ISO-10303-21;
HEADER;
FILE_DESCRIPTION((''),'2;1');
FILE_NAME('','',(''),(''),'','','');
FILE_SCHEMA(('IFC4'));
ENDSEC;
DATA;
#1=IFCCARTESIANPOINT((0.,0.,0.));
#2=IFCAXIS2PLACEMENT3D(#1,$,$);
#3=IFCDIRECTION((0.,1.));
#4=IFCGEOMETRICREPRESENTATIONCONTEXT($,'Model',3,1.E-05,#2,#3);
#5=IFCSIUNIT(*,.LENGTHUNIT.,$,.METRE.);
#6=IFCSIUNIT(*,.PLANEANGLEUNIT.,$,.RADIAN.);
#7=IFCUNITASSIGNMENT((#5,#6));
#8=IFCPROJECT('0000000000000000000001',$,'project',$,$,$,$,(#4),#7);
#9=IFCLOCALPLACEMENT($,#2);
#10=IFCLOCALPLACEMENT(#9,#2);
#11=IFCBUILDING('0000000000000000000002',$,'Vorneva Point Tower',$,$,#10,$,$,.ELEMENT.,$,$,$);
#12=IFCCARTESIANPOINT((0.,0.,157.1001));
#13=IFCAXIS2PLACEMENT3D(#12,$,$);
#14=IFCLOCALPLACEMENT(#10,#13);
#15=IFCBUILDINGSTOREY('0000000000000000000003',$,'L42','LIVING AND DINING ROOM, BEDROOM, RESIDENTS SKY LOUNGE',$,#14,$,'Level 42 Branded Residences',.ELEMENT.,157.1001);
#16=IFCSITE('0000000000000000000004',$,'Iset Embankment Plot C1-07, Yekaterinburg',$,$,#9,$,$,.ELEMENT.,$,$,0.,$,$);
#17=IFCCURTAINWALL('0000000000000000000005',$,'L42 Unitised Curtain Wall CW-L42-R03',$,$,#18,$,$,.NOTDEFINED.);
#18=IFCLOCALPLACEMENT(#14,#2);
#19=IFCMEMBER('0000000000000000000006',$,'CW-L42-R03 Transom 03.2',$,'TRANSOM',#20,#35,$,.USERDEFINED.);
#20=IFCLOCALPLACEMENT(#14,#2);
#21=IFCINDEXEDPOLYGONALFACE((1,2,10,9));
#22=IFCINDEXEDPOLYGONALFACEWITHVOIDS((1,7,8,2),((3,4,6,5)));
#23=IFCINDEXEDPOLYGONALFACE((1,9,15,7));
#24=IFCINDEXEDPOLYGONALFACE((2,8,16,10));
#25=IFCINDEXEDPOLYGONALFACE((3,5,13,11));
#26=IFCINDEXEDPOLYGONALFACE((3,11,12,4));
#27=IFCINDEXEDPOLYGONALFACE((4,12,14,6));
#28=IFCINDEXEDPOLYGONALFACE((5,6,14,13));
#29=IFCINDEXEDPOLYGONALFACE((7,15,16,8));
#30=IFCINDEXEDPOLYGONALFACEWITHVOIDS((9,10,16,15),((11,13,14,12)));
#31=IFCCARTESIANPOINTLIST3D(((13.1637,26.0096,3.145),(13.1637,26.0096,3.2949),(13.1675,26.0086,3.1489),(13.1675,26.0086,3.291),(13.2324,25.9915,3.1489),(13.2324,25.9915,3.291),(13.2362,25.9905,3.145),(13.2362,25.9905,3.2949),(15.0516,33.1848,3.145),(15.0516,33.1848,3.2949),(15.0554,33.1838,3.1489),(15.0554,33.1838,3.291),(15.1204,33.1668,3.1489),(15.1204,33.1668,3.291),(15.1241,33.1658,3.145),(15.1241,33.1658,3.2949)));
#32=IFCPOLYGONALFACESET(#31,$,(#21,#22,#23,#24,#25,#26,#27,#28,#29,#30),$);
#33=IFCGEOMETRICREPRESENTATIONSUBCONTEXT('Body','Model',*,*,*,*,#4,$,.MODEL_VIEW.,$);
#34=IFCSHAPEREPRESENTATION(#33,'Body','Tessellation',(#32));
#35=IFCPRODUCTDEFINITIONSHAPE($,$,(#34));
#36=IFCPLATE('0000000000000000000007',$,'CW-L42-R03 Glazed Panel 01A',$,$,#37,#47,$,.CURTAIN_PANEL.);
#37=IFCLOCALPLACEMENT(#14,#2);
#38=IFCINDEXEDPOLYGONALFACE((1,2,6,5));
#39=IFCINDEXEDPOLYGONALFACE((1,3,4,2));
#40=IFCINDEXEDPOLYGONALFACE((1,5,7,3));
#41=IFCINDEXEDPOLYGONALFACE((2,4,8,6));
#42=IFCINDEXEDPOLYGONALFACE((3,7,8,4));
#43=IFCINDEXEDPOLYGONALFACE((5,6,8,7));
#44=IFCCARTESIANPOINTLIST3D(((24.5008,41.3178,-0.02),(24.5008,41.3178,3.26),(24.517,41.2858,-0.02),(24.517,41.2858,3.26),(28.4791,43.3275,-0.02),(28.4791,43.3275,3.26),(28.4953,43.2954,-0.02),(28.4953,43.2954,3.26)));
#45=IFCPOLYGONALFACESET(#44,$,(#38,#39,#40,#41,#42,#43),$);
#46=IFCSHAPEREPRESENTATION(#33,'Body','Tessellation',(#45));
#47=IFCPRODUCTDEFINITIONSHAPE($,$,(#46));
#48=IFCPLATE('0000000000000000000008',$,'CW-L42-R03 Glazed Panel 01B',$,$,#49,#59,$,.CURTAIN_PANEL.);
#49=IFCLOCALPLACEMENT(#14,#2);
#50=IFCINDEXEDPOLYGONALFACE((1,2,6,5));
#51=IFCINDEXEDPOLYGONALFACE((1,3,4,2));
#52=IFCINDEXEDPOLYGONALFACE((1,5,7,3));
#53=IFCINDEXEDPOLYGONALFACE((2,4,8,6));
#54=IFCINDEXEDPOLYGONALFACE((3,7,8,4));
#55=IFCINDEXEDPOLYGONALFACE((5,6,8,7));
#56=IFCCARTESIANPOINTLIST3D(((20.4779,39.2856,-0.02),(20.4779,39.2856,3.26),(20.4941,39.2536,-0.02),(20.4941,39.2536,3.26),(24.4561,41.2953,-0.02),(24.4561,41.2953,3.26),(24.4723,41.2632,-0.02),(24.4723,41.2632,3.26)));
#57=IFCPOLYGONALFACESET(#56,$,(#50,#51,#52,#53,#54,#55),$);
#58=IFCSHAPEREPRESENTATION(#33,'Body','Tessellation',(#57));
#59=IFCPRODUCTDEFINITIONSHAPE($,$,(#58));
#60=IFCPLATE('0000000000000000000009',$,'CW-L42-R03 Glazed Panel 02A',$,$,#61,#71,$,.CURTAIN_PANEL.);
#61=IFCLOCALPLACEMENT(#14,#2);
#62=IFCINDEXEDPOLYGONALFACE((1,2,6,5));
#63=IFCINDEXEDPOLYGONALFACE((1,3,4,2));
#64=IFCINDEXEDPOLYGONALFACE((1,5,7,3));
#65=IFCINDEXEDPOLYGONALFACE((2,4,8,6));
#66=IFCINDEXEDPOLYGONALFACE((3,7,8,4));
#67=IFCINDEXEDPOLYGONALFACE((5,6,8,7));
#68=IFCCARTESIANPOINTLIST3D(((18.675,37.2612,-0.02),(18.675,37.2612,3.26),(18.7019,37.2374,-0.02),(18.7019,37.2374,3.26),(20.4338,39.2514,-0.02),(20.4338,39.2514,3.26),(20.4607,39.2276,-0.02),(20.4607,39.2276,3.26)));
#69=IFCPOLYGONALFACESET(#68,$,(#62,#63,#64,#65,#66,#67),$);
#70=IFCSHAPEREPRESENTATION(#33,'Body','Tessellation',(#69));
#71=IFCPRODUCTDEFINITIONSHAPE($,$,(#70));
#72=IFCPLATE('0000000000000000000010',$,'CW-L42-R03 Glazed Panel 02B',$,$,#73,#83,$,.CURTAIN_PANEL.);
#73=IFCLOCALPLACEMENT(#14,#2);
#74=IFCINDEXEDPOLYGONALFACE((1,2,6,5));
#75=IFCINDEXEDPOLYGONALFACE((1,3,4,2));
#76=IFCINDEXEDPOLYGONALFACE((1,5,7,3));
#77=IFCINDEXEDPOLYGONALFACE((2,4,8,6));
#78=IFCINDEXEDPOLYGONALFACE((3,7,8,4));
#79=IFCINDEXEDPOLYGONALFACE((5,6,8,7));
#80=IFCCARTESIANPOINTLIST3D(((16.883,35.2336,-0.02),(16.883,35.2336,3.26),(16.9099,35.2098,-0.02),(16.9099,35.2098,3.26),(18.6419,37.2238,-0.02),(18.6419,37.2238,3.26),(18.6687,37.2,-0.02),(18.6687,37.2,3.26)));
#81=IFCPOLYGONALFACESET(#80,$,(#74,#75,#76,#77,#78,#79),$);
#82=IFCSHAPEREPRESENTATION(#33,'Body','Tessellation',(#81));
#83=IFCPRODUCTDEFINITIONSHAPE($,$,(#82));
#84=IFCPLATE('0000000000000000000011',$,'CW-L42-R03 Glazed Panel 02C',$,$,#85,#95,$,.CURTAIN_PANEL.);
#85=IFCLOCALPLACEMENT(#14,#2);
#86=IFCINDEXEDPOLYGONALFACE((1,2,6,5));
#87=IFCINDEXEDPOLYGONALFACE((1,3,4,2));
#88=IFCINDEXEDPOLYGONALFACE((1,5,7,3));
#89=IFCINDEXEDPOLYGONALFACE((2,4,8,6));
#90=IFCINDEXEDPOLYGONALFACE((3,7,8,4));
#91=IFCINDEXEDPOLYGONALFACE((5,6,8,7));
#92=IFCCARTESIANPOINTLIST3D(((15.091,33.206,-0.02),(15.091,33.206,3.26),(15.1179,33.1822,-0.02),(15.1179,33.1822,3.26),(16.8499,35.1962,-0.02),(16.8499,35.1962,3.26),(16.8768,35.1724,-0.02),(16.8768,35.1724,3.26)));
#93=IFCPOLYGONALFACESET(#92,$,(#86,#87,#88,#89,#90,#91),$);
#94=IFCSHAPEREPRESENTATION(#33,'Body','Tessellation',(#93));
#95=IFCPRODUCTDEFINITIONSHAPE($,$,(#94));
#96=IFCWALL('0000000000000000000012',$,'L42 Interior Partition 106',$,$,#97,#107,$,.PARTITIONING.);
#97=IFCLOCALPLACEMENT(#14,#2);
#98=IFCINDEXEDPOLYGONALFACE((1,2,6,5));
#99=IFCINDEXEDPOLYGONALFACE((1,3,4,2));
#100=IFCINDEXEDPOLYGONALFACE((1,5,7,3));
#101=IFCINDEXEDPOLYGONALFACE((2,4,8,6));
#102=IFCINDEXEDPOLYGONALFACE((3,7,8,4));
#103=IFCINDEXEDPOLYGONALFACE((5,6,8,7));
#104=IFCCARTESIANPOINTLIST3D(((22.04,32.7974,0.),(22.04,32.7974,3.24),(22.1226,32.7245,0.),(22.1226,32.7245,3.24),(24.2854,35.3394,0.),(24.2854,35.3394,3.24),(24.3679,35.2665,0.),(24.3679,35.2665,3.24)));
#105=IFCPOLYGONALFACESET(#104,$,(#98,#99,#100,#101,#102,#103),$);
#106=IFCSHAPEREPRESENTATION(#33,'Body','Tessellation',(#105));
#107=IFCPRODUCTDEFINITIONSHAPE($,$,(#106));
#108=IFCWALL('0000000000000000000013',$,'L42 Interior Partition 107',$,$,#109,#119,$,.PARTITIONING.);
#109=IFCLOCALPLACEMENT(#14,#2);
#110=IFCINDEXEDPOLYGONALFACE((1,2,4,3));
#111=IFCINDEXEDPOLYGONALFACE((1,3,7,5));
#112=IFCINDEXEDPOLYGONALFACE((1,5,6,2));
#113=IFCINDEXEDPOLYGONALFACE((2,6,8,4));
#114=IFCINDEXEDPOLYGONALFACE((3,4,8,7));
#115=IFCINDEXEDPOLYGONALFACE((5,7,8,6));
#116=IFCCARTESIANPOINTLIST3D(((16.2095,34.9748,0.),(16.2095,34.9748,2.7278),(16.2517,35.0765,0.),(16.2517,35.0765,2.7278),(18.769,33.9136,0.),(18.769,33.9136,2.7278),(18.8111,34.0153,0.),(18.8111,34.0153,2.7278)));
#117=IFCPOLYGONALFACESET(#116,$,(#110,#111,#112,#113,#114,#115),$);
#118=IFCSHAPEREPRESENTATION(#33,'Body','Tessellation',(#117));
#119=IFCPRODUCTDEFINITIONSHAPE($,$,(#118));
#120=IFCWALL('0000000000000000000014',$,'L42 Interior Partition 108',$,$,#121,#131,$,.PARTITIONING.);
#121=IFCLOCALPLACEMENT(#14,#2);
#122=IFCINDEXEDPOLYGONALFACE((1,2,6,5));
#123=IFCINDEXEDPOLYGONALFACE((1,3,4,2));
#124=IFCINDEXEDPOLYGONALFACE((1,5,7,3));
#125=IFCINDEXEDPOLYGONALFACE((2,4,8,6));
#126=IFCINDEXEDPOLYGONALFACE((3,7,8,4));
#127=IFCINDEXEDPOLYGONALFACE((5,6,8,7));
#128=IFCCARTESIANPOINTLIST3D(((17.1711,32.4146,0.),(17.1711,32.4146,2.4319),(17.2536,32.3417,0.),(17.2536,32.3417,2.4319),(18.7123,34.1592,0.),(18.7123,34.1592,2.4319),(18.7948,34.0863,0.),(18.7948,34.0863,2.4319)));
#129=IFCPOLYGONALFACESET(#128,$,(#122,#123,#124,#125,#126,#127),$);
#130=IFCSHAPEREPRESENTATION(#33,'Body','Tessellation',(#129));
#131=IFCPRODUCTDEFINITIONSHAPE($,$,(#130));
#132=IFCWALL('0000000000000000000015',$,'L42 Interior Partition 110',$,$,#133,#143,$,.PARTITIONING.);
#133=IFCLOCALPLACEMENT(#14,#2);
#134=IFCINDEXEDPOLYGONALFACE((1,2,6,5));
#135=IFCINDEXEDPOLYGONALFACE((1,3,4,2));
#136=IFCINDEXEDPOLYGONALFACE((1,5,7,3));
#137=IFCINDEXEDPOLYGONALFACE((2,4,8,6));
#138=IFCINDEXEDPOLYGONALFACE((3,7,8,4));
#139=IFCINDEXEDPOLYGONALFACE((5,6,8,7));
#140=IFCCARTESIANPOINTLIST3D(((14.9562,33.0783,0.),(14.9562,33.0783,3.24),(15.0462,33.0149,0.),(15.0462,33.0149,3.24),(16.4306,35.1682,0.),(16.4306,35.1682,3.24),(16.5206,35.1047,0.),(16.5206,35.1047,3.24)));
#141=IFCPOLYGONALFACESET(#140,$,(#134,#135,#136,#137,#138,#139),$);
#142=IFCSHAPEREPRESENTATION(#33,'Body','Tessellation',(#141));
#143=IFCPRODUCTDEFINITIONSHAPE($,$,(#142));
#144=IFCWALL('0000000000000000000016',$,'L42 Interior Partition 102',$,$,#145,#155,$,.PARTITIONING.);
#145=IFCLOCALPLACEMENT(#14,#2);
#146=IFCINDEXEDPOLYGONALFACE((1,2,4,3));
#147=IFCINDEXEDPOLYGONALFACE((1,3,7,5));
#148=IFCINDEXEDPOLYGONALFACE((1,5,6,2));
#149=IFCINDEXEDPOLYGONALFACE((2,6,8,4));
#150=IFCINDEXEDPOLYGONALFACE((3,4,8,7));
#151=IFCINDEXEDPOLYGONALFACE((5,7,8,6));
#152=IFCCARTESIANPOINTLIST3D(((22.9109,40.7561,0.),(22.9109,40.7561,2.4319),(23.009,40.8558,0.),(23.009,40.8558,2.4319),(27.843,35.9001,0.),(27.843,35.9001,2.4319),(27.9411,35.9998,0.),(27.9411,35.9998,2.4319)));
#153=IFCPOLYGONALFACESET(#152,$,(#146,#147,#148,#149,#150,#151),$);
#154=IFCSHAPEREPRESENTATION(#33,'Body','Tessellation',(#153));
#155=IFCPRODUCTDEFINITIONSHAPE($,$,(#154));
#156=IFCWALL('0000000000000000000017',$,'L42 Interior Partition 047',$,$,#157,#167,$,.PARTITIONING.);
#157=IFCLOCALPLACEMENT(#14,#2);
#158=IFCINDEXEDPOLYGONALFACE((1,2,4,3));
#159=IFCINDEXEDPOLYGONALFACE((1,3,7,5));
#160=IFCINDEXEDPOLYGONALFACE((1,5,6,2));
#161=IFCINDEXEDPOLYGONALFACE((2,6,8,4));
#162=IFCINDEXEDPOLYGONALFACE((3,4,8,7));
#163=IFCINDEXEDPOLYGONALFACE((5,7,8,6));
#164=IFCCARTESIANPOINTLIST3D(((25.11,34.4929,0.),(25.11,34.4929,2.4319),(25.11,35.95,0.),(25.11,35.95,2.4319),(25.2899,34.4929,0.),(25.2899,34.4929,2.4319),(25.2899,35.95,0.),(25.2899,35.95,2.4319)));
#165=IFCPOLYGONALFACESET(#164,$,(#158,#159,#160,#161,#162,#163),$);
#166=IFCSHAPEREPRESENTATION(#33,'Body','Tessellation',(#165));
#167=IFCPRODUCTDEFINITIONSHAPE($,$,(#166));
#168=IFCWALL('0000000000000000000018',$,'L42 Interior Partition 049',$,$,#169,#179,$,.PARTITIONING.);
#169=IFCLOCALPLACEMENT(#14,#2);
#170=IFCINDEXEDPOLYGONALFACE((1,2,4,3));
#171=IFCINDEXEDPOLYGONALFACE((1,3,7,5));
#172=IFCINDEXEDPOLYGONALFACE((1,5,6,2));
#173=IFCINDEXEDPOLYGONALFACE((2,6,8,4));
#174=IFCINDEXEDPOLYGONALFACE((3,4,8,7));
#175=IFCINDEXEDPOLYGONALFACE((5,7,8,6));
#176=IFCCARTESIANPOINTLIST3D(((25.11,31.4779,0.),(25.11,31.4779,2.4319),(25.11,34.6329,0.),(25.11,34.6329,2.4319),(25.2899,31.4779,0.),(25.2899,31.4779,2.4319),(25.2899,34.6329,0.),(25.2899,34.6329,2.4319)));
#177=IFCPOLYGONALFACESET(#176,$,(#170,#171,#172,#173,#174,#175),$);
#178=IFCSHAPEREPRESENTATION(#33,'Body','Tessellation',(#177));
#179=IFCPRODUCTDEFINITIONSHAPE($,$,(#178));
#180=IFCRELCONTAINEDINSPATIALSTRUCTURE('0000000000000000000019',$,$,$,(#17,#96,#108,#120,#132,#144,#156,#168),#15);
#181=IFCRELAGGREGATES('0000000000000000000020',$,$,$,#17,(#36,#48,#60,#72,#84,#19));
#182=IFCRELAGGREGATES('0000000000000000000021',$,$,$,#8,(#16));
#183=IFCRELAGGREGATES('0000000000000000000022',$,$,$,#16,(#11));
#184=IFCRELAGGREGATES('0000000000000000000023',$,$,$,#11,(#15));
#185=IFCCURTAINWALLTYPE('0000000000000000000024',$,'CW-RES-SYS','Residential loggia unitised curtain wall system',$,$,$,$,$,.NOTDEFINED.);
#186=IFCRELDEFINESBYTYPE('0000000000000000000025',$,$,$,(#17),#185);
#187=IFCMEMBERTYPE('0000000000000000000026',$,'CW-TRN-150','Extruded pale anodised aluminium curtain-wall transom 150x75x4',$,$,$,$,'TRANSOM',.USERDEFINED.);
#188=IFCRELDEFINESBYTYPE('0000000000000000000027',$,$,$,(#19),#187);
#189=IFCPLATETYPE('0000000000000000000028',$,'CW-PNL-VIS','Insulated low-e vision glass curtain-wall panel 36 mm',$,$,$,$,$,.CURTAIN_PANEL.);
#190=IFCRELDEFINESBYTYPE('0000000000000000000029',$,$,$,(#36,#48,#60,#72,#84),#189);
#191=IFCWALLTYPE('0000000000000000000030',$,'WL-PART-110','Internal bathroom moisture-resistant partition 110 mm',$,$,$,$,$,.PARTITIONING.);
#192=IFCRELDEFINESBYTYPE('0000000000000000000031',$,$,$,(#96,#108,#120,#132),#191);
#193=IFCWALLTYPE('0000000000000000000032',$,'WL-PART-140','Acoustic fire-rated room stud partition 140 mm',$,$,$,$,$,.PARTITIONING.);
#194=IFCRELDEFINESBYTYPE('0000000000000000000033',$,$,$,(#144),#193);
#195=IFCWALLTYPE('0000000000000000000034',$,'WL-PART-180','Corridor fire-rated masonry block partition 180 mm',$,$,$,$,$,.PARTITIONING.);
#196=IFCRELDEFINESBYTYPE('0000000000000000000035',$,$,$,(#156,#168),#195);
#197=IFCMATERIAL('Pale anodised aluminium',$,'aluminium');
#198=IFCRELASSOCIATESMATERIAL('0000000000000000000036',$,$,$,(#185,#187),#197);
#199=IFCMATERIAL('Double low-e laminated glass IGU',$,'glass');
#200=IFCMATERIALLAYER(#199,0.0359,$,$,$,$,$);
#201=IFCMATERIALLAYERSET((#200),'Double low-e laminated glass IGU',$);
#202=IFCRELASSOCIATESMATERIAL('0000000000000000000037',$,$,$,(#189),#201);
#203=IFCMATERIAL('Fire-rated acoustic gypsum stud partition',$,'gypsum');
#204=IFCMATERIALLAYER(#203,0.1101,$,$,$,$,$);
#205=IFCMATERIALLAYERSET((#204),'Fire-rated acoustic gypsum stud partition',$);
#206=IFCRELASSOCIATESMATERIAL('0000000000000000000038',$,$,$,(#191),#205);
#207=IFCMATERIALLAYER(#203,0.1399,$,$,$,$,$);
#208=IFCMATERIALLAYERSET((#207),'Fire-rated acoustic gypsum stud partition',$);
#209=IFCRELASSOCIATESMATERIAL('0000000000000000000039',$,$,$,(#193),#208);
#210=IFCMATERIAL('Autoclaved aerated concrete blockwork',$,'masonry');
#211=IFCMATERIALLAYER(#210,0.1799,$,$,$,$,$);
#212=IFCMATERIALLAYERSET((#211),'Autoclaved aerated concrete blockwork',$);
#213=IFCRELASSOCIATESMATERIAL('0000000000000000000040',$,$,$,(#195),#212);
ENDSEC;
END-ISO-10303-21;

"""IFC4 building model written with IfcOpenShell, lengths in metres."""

from ifc_helpers import new_model, si_unit, direction, frame, frame_2d, origin, origin_2d, place, context, subcontext, project, spatial, rectangle, hollow_rectangle, extrude, material, layer, layer_set, material_profile, profile_set, type_object, element, aggregate, save


model = new_model("IFC4")

# Units and contexts
model_context = context("Model", 3, precision=1e-05, world=origin(), true_north=direction((0.0, 1.0)))
body_context = subcontext(model_context, "Body", "Model", "MODEL_VIEW")
ifc_project = project(units=[si_unit("LENGTHUNIT", "METRE"), si_unit("PLANEANGLEUNIT", "RADIAN")], contexts=[model_context])

# Site, building, storey
site_placement = place(None, origin())
site = spatial("IfcSite", under=ifc_project, at=site_placement, Name="Iset Embankment Plot C1-07, Yekaterinburg", CompositionType="ELEMENT", RefElevation=0.0)
building_placement = place(site_placement, origin())
building = spatial("IfcBuilding", under=site, at=building_placement, Name="Vorneva Point Tower", CompositionType="ELEMENT")
storey_placement = place(building_placement, frame((0.0, 0.0, 157.1001)))
storey = spatial("IfcBuildingStorey", under=building, at=storey_placement, Name="L42", Description="LIVING AND DINING ROOM, BEDROOM, RESIDENTS SKY LOUNGE", LongName="Level 42 Branded Residences", CompositionType="ELEMENT", Elevation=157.1001)

# Curtain wall, member, plates
ifc_material_1 = material(Name="Pale anodised aluminium", Category="aluminium")
curtain_wall_type = type_object("IfcCurtainWallType", Name="CW-RES-SYS", Description="Residential loggia unitised curtain wall system", PredefinedType="NOTDEFINED", material=ifc_material_1)
curtain_wall_placement = place(storey_placement, origin())
curtain_wall = element("IfcCurtainWall", 1, at=curtain_wall_placement, inside=storey, type_object=curtain_wall_type, Name="L42 Unitised Curtain Wall CW-L42-R03", PredefinedType="NOTDEFINED")
ifc_material_profile_1 = material_profile(ifc_material_1, hollow_rectangle(XDim=0.075, YDim=0.1499, WallThickness=0.0039, at=origin_2d()), Name="AL-TRN 150x75x4")
ifc_profile_set_1 = profile_set([ifc_material_profile_1], Name="Pale anodised aluminium")
member_type_1 = type_object("IfcMemberType", Name="CW-TRN-150", Description="Extruded pale anodised aluminium curtain-wall transom 150x75x4", ElementType="TRANSOM", PredefinedType="USERDEFINED", material=ifc_profile_set_1)
member_1_placement = place(storey_placement, frame((15.0879, 33.1753, 3.22), z_axis=(-0.254456, -0.967084, 0.0), x_axis=(0.967084, -0.254456, 0.0)))
member_1 = element("IfcMember", 2, at=member_1_placement, type_object=member_type_1, Name="CW-L42-R03 Transom 03.2", ObjectType="TRANSOM", PredefinedType="USERDEFINED", context=body_context, shape_type="SweptSolid", body=[
    extrude(hollow_rectangle(XDim=0.075, YDim=0.1499, WallThickness=0.0039, at=origin_2d()), origin(), (0.0, 0.0, 1.0), 7.4194),
])
ifc_material_2 = material(Name="Double low-e laminated glass IGU", Category="glass")
ifc_layer_1 = layer(ifc_material_2, 0.0359)
ifc_layer_set_1 = layer_set([ifc_layer_1], Name="Double low-e laminated glass IGU")
plate_type = type_object("IfcPlateType", Name="CW-PNL-VIS", Description="Insulated low-e vision glass curtain-wall panel 36 mm", PredefinedType="CURTAIN_PANEL", material=ifc_layer_set_1)
plate_1_placement = place(storey_placement, frame((26.498, 42.3066, -0.02), z_axis=(0.0, 0.0, 1.0), x_axis=(-0.892578, -0.450893, 0.0)))
plate_1 = element("IfcPlate", 3, at=plate_1_placement, type_object=plate_type, Name="CW-L42-R03 Glazed Panel 01A", PredefinedType="CURTAIN_PANEL", context=body_context, shape_type="SweptSolid", body=[
    extrude(rectangle(XDim=4.457, YDim=0.0359, at=origin_2d()), origin(), (0.0, 0.0, 1.0), 3.28),
])
plate_2_placement = place(storey_placement, frame((22.4751, 40.2744, -0.02), z_axis=(0.0, 0.0, 1.0), x_axis=(-0.892578, -0.450893, 0.0)))
plate_2 = element("IfcPlate", 4, at=plate_2_placement, type_object=plate_type, Name="CW-L42-R03 Glazed Panel 01B", PredefinedType="CURTAIN_PANEL", context=body_context, shape_type="SweptSolid", body=[
    extrude(rectangle(XDim=4.457, YDim=0.0359, at=origin_2d()), origin(), (0.0, 0.0, 1.0), 3.28),
])
plate_3_placement = place(storey_placement, frame((19.5679, 38.2444, -0.02), z_axis=(0.0, 0.0, 1.0), x_axis=(-0.662215, -0.749314, 0.0)))
plate_3 = element("IfcPlate", 5, at=plate_3_placement, type_object=plate_type, Name="CW-L42-R03 Glazed Panel 02A", PredefinedType="CURTAIN_PANEL", context=body_context, shape_type="SweptSolid", body=[
    extrude(rectangle(XDim=2.656, YDim=0.0359, at=origin_2d()), origin(), (0.0, 0.0, 1.0), 3.28),
])
plate_4_placement = place(storey_placement, frame((17.7759, 36.2168, -0.02), z_axis=(0.0, 0.0, 1.0), x_axis=(-0.662215, -0.749314, 0.0)))
plate_4 = element("IfcPlate", 6, at=plate_4_placement, type_object=plate_type, Name="CW-L42-R03 Glazed Panel 02B", PredefinedType="CURTAIN_PANEL", context=body_context, shape_type="SweptSolid", body=[
    extrude(rectangle(XDim=2.656, YDim=0.0359, at=origin_2d()), origin(), (0.0, 0.0, 1.0), 3.28),
])
plate_5_placement = place(storey_placement, frame((15.9839, 34.1892, -0.02), z_axis=(0.0, 0.0, 1.0), x_axis=(-0.662215, -0.749314, 0.0)))
plate_5 = element("IfcPlate", 7, at=plate_5_placement, type_object=plate_type, Name="CW-L42-R03 Glazed Panel 02C", PredefinedType="CURTAIN_PANEL", context=body_context, shape_type="SweptSolid", body=[
    extrude(rectangle(XDim=2.656, YDim=0.0359, at=origin_2d()), origin(), (0.0, 0.0, 1.0), 3.28),
])
aggregate(curtain_wall, [plate_1, plate_2, plate_3, plate_4, plate_5, member_1])

# Walls
ifc_material_3 = material(Name="Fire-rated acoustic gypsum stud partition", Category="gypsum")
ifc_layer_2 = layer(ifc_material_3, 0.1101)
ifc_layer_set_2 = layer_set([ifc_layer_2], Name="Fire-rated acoustic gypsum stud partition")
wall_type_1 = type_object("IfcWallType", Name="WL-PART-110", Description="Internal bathroom moisture-resistant partition 110 mm", PredefinedType="PARTITIONING", material=ifc_layer_set_2)
wall_1_placement = place(storey_placement, frame((22.0813, 32.761, 0.0), z_axis=(0.0, 0.0, 1.0), x_axis=(0.662024, 0.749483, 0.0)))
element("IfcWall", 8, at=wall_1_placement, inside=storey, type_object=wall_type_1, Name="L42 Interior Partition 106", PredefinedType="PARTITIONING", context=body_context, shape_type="SweptSolid", body=[
    extrude(rectangle(XDim=3.3916, YDim=0.1101, at=frame_2d((1.6958, 0.0))), origin(), (0.0, 0.0, 1.0), 3.24),
])
wall_2_placement = place(storey_placement, frame((16.2307, 35.0256, 0.0), z_axis=(0.0, 0.0, 1.0), x_axis=(0.923743, -0.383013, 0.0)))
element("IfcWall", 9, at=wall_2_placement, inside=storey, type_object=wall_type_1, Name="L42 Interior Partition 107", PredefinedType="PARTITIONING", context=body_context, shape_type="SweptSolid", body=[
    extrude(rectangle(XDim=2.7708, YDim=0.1101, at=frame_2d((1.3853, 0.0))), origin(), (0.0, 0.0, 1.0), 2.7278),
])
wall_3_placement = place(storey_placement, frame((18.7537, 34.1228, 0.0), z_axis=(0.0, 0.0, 1.0), x_axis=(-0.662076, -0.749437, 0.0)))
element("IfcWall", 10, at=wall_3_placement, inside=storey, type_object=wall_type_1, Name="L42 Interior Partition 108", PredefinedType="PARTITIONING", context=body_context, shape_type="SweptSolid", body=[
    extrude(rectangle(XDim=2.3279, YDim=0.1101, at=frame_2d((1.1641, 0.0))), origin(), (0.0, 0.0, 1.0), 2.4319),
])
wall_4_placement = place(storey_placement, frame((16.4756, 35.1365, 0.0), z_axis=(0.0, 0.0, 1.0), x_axis=(-0.57647, -0.817119, 0.0)))
element("IfcWall", 11, at=wall_4_placement, inside=storey, type_object=wall_type_1, Name="L42 Interior Partition 110", PredefinedType="PARTITIONING", context=body_context, shape_type="SweptSolid", body=[
    extrude(rectangle(XDim=2.5576, YDim=0.1101, at=frame_2d((1.2788, 0.0))), origin(), (0.0, 0.0, 1.0), 3.24),
])
ifc_layer_3 = layer(ifc_material_3, 0.1399)
ifc_layer_set_3 = layer_set([ifc_layer_3], Name="Fire-rated acoustic gypsum stud partition")
wall_type_2 = type_object("IfcWallType", Name="WL-PART-140", Description="Acoustic fire-rated room stud partition 140 mm", PredefinedType="PARTITIONING", material=ifc_layer_set_3)
wall_5_placement = place(storey_placement, frame((22.96, 40.8059, 0.0), z_axis=(0.0, 0.0, 1.0), x_axis=(0.712588, -0.701583, 0.0)))
element("IfcWall", 12, at=wall_5_placement, inside=storey, type_object=wall_type_2, Name="L42 Interior Partition 102", PredefinedType="PARTITIONING", context=body_context, shape_type="SweptSolid", body=[
    extrude(rectangle(XDim=6.9214, YDim=0.1399, at=frame_2d((3.4607, 0.0))), origin(), (0.0, 0.0, 1.0), 2.4319),
])
ifc_material_4 = material(Name="Autoclaved aerated concrete blockwork", Category="masonry")
ifc_layer_4 = layer(ifc_material_4, 0.1799)
ifc_layer_set_4 = layer_set([ifc_layer_4], Name="Autoclaved aerated concrete blockwork")
wall_type_3 = type_object("IfcWallType", Name="WL-PART-180", Description="Corridor fire-rated masonry block partition 180 mm", PredefinedType="PARTITIONING", material=ifc_layer_set_4)
wall_6_placement = place(storey_placement, frame((25.2, 35.95, 0.0), z_axis=(0.0, 0.0, 1.0), x_axis=(0.0, -1.0, 0.0)))
element("IfcWall", 13, at=wall_6_placement, inside=storey, type_object=wall_type_3, Name="L42 Interior Partition 047", PredefinedType="PARTITIONING", context=body_context, shape_type="SweptSolid", body=[
    extrude(rectangle(XDim=1.457, YDim=0.1799, at=frame_2d((0.7285, 0.0))), origin(), (0.0, 0.0, 1.0), 2.4319),
])
wall_7_placement = place(storey_placement, frame((25.2, 34.6331, 0.0), z_axis=(0.0, 0.0, 1.0), x_axis=(0.0, -1.0, 0.0)))
element("IfcWall", 14, at=wall_7_placement, inside=storey, type_object=wall_type_3, Name="L42 Interior Partition 049", PredefinedType="PARTITIONING", context=body_context, shape_type="SweptSolid", body=[
    extrude(rectangle(XDim=3.155, YDim=0.1799, at=frame_2d((1.5776, 0.0))), origin(), (0.0, 0.0, 1.0), 2.4319),
])

save(model, "model.ifc")
